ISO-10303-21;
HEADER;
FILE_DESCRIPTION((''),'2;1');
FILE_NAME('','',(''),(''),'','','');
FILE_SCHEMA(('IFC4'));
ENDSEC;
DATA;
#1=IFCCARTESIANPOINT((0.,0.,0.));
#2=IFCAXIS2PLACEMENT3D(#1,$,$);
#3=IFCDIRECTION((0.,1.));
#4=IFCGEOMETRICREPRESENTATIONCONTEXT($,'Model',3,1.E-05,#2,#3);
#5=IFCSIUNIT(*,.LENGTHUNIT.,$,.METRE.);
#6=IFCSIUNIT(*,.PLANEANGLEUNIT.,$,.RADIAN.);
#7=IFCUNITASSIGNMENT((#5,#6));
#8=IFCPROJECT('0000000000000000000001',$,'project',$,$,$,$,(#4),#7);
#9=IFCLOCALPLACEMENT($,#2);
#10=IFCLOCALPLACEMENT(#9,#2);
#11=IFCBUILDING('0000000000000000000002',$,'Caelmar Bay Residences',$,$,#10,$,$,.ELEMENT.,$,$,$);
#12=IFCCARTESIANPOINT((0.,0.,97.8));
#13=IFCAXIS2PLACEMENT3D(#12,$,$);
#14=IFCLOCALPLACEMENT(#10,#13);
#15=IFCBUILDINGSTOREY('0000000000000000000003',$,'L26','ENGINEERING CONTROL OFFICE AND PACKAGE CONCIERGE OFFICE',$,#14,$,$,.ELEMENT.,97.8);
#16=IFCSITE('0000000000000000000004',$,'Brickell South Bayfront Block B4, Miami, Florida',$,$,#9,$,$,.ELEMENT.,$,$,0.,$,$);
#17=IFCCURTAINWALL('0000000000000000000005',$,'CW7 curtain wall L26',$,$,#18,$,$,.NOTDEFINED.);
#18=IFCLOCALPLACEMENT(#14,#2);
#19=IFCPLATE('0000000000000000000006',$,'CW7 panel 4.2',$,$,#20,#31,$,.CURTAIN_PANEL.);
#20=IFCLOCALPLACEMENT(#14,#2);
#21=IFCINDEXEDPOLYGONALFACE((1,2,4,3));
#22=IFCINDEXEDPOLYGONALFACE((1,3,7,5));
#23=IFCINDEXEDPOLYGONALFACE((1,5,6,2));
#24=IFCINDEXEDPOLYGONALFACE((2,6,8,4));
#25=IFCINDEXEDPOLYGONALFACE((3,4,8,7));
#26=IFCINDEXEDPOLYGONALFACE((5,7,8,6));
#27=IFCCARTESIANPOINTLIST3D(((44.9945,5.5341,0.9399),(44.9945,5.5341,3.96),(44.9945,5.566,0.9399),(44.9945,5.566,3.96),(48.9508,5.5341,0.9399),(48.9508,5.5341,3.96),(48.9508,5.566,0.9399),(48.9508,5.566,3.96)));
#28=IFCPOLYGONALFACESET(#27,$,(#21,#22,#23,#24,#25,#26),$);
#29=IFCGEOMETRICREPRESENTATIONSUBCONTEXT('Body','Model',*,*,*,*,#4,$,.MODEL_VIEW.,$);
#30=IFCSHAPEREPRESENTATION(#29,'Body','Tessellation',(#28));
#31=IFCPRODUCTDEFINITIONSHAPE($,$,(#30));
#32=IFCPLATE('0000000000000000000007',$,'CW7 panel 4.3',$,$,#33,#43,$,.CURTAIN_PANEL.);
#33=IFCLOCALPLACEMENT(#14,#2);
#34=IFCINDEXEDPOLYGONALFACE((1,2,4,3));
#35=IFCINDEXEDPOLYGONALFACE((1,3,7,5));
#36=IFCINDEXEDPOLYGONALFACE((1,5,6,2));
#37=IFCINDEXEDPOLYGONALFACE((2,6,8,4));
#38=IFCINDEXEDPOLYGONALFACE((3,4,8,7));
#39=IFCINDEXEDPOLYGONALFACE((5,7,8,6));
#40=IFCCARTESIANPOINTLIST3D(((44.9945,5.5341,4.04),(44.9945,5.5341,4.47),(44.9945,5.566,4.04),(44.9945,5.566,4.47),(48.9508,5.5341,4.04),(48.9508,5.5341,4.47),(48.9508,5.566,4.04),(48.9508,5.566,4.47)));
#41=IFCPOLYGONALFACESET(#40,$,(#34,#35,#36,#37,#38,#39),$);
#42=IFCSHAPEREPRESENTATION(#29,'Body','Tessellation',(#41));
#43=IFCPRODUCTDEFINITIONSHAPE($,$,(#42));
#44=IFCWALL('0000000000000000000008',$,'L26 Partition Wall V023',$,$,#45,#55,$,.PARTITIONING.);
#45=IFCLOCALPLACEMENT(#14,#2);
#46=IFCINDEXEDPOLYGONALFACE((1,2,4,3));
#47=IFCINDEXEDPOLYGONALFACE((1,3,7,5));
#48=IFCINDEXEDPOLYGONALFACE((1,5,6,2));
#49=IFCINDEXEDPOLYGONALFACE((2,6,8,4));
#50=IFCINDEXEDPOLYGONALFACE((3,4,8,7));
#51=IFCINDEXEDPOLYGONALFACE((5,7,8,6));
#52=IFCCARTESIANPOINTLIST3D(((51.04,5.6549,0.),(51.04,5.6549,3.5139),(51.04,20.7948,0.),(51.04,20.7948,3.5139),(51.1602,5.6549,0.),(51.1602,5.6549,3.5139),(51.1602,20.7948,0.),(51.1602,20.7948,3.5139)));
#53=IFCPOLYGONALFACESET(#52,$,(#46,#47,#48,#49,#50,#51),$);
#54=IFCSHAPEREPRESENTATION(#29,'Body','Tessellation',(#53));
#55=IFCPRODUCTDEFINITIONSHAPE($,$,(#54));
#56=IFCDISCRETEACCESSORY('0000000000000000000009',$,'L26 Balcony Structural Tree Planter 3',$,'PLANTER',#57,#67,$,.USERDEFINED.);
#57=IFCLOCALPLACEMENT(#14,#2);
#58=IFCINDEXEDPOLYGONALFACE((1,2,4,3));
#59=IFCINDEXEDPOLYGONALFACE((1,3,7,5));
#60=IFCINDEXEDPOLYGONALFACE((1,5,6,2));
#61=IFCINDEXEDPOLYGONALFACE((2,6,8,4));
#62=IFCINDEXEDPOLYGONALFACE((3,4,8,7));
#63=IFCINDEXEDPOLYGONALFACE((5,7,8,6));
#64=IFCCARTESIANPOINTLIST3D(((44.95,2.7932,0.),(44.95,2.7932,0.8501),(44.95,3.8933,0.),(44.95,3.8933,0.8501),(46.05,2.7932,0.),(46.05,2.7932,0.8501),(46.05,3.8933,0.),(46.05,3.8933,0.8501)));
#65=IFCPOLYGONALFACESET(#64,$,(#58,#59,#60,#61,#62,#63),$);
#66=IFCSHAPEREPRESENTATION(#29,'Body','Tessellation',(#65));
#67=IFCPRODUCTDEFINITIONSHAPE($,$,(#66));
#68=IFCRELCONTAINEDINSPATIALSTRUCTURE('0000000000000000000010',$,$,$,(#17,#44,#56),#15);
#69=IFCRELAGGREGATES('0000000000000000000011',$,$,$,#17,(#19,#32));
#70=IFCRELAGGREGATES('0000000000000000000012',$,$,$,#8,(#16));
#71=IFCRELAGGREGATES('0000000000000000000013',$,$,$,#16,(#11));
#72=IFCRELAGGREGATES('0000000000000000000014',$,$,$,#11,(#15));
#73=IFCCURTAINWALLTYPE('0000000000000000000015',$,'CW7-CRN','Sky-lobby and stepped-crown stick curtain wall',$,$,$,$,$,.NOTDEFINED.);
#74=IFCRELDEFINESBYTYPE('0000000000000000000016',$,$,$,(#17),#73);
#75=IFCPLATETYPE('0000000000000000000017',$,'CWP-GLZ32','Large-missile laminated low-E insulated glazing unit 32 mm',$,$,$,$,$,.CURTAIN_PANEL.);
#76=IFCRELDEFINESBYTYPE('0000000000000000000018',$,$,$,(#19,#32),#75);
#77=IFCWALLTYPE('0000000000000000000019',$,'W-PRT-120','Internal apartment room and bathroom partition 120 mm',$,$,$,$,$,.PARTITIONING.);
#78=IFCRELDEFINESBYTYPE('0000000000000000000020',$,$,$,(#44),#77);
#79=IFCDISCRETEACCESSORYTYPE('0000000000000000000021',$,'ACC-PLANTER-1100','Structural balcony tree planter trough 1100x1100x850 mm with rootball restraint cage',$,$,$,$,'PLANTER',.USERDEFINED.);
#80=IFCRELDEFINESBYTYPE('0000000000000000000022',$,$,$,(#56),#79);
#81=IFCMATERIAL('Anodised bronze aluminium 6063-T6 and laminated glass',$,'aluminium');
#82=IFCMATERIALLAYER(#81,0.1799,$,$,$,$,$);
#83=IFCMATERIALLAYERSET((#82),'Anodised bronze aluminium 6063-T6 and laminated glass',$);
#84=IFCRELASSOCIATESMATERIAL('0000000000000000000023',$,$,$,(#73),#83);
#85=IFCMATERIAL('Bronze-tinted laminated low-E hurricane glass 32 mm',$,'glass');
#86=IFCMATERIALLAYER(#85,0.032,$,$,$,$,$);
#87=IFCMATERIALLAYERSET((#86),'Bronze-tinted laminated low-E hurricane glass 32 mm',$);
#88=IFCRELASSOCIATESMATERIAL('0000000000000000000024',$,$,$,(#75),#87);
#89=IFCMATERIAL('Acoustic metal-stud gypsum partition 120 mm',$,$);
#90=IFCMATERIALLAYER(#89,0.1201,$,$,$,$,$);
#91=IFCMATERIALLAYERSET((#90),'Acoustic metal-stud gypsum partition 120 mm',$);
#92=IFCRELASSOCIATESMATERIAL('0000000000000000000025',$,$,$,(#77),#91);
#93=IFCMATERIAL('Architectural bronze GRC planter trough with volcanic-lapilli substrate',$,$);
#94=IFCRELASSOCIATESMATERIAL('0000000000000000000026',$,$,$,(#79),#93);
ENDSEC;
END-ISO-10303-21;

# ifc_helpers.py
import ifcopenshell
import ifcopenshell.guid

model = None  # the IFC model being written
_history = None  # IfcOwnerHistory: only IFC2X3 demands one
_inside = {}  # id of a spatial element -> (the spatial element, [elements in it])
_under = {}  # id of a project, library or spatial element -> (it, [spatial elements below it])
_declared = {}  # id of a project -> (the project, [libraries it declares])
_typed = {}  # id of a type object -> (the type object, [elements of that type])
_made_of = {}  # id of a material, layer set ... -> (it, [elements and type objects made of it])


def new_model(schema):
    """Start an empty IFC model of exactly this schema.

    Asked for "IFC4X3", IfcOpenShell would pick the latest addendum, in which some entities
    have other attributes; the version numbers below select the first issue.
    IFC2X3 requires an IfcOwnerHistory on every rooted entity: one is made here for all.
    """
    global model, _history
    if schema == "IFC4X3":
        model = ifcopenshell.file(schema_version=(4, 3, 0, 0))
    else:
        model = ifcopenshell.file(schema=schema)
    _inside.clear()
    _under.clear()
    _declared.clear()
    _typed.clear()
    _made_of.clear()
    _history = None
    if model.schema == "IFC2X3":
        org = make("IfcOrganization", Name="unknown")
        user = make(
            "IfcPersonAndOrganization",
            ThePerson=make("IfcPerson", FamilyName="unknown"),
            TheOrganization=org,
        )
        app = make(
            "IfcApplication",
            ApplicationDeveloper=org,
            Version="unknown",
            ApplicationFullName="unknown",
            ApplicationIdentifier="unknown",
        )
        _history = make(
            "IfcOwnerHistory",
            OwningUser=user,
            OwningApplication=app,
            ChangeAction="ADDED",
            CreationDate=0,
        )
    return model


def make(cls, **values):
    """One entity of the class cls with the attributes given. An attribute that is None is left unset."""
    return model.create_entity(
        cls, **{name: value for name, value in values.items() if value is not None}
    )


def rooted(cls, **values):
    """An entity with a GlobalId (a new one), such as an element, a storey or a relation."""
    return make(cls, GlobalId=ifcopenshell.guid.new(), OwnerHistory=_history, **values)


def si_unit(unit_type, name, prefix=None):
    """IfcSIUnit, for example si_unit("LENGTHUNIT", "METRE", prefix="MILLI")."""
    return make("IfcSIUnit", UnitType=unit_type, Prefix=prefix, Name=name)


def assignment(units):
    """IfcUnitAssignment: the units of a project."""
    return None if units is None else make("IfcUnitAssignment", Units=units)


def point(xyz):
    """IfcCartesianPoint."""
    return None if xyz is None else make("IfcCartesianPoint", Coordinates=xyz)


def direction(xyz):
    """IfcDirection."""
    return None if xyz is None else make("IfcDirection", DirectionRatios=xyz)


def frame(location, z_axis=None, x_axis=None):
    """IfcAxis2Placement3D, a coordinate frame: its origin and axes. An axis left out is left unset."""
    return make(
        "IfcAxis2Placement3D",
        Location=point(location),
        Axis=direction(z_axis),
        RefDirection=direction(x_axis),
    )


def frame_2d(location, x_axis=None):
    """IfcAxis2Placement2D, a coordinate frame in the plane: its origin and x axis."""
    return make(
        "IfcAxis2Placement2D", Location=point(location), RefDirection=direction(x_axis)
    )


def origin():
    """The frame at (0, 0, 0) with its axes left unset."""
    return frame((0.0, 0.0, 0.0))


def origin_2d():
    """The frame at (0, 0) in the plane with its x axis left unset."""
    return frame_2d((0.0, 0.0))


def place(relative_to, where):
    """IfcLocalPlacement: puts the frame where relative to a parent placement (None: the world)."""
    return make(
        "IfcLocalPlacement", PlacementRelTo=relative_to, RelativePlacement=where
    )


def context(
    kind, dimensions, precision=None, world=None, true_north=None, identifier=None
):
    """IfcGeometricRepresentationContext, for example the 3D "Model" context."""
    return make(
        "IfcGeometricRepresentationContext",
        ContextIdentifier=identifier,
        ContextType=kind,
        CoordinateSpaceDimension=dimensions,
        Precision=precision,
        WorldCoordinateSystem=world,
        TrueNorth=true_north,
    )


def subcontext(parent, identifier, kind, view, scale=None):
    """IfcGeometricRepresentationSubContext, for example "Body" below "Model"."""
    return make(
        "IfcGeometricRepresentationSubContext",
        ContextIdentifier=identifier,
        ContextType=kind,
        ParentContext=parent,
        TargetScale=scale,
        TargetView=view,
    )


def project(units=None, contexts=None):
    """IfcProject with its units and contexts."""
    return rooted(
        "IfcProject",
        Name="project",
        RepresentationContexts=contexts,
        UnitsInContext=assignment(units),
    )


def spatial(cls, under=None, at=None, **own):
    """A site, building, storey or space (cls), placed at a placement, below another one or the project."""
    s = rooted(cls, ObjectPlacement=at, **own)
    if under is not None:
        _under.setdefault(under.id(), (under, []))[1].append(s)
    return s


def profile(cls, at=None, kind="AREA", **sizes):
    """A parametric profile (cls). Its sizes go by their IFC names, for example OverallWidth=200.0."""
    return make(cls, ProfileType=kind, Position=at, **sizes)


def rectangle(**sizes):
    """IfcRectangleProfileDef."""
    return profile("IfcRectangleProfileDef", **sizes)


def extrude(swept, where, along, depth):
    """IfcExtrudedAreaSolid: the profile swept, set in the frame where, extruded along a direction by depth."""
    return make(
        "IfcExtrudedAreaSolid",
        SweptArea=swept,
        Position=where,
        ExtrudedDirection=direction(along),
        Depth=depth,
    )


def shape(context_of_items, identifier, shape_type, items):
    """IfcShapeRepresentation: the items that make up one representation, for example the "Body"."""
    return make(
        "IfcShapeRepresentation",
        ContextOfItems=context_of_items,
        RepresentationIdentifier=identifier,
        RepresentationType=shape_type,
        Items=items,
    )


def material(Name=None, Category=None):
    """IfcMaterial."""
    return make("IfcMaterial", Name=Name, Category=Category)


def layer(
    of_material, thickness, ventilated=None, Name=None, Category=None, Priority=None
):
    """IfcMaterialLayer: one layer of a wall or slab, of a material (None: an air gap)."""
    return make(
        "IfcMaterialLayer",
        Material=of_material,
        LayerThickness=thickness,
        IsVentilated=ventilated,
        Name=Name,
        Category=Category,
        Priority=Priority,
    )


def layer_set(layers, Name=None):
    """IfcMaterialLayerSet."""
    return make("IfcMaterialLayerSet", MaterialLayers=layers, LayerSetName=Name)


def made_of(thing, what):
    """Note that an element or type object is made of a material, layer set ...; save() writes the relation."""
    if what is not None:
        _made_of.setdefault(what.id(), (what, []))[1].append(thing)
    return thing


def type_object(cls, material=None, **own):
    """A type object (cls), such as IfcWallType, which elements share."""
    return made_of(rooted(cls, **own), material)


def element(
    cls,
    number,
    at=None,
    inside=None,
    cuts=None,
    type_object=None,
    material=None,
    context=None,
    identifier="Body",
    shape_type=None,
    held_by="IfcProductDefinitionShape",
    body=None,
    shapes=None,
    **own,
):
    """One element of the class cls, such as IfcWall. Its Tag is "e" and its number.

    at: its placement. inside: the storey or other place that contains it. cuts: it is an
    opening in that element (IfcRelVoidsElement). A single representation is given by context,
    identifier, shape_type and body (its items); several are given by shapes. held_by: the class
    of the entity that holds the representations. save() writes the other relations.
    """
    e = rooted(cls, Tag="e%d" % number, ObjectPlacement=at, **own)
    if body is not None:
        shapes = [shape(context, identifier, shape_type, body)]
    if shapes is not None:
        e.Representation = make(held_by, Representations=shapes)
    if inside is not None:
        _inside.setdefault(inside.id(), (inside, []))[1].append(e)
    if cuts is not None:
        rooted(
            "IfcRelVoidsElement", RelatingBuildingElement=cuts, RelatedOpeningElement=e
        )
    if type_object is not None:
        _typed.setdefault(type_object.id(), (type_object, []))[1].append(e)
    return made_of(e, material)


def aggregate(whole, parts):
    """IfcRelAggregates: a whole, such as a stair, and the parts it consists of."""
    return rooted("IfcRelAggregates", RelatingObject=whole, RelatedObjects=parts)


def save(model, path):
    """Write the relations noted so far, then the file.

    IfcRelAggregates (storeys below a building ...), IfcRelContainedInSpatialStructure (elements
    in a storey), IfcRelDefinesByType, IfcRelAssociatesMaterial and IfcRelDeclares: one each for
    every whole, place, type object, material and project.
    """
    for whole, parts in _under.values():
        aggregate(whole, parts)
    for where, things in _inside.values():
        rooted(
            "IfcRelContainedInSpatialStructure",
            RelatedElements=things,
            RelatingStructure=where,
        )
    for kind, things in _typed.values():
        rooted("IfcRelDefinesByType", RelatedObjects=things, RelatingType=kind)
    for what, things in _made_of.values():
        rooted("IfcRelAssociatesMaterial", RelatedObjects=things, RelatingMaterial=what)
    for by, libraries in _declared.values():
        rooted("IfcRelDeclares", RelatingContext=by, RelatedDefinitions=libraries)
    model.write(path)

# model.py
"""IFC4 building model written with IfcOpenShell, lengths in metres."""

from ifc_helpers import new_model, si_unit, direction, frame, frame_2d, origin, origin_2d, place, context, subcontext, project, spatial, rectangle, extrude, material, layer, layer_set, type_object, element, aggregate, save


model = new_model("IFC4")

# Units and contexts
model_context = context("Model", 3, precision=1e-05, world=origin(), true_north=direction((0.0, 1.0)))
body_context = subcontext(model_context, "Body", "Model", "MODEL_VIEW")
ifc_project = project(units=[si_unit("LENGTHUNIT", "METRE"), si_unit("PLANEANGLEUNIT", "RADIAN")], contexts=[model_context])

# Site, building, storey
site_placement = place(None, origin())
site = spatial("IfcSite", under=ifc_project, at=site_placement, Name="Brickell South Bayfront Block B4, Miami, Florida", CompositionType="ELEMENT", RefElevation=0.0)
building_placement = place(site_placement, origin())
building = spatial("IfcBuilding", under=site, at=building_placement, Name="Caelmar Bay Residences", CompositionType="ELEMENT")
storey_placement = place(building_placement, frame((0.0, 0.0, 97.8)))
storey = spatial("IfcBuildingStorey", under=building, at=storey_placement, Name="L26", Description="ENGINEERING CONTROL OFFICE AND PACKAGE CONCIERGE OFFICE", CompositionType="ELEMENT", Elevation=97.8)

# Curtain wall, plates
ifc_material_1 = material(Name="Anodised bronze aluminium 6063-T6 and laminated glass", Category="aluminium")
ifc_layer_1 = layer(ifc_material_1, 0.1799)
ifc_layer_set_1 = layer_set([ifc_layer_1], Name="Anodised bronze aluminium 6063-T6 and laminated glass")
curtain_wall_type = type_object("IfcCurtainWallType", Name="CW7-CRN", Description="Sky-lobby and stepped-crown stick curtain wall", PredefinedType="NOTDEFINED", material=ifc_layer_set_1)
curtain_wall_placement = place(storey_placement, origin())
curtain_wall = element("IfcCurtainWall", 1, at=curtain_wall_placement, inside=storey, type_object=curtain_wall_type, Name="CW7 curtain wall L26", PredefinedType="NOTDEFINED")
ifc_material_2 = material(Name="Bronze-tinted laminated low-E hurricane glass 32 mm", Category="glass")
ifc_layer_2 = layer(ifc_material_2, 0.032)
ifc_layer_set_2 = layer_set([ifc_layer_2], Name="Bronze-tinted laminated low-E hurricane glass 32 mm")
plate_type = type_object("IfcPlateType", Name="CWP-GLZ32", Description="Large-missile laminated low-E insulated glazing unit 32 mm", PredefinedType="CURTAIN_PANEL", material=ifc_layer_set_2)
plate_1_placement = place(storey_placement, frame((46.9727, 5.55, 0.9399), z_axis=(0.0, 0.0, 1.0), x_axis=(-1.0, 0.0, 0.0)))
plate_1 = element("IfcPlate", 2, at=plate_1_placement, type_object=plate_type, Name="CW7 panel 4.2", PredefinedType="CURTAIN_PANEL", context=body_context, shape_type="SweptSolid", body=[
    extrude(rectangle(XDim=3.9563, YDim=0.032, at=origin_2d()), origin(), (0.0, 0.0, 1.0), 3.02),
])
plate_2_placement = place(storey_placement, frame((46.9727, 5.55, 4.04), z_axis=(0.0, 0.0, 1.0), x_axis=(-1.0, 0.0, 0.0)))
plate_2 = element("IfcPlate", 3, at=plate_2_placement, type_object=plate_type, Name="CW7 panel 4.3", PredefinedType="CURTAIN_PANEL", context=body_context, shape_type="SweptSolid", body=[
    extrude(rectangle(XDim=3.9563, YDim=0.032, at=origin_2d()), origin(), (0.0, 0.0, 1.0), 0.4299),
])
aggregate(curtain_wall, [plate_1, plate_2])

# Wall
ifc_material_3 = material(Name="Acoustic metal-stud gypsum partition 120 mm")
ifc_layer_3 = layer(ifc_material_3, 0.1201)
ifc_layer_set_3 = layer_set([ifc_layer_3], Name="Acoustic metal-stud gypsum partition 120 mm")
wall_type = type_object("IfcWallType", Name="W-PRT-120", Description="Internal apartment room and bathroom partition 120 mm", PredefinedType="PARTITIONING", material=ifc_layer_set_3)
wall_placement = place(storey_placement, frame((51.1001, 5.655, 0.0), z_axis=(0.0, 0.0, 1.0), x_axis=(0.0, 1.0, 0.0)))
element("IfcWall", 4, at=wall_placement, inside=storey, type_object=wall_type, Name="L26 Partition Wall V023", PredefinedType="PARTITIONING", context=body_context, shape_type="SweptSolid", body=[
    extrude(rectangle(XDim=15.1399, YDim=0.1201, at=frame_2d((7.5698, 0.0))), origin(), (0.0, 0.0, 1.0), 3.5139),
])

# Discrete accessory
ifc_material_4 = material(Name="Architectural bronze GRC planter trough with volcanic-lapilli substrate")
discrete_accessory_type = type_object("IfcDiscreteAccessoryType", Name="ACC-PLANTER-1100", Description="Structural balcony tree planter trough 1100x1100x850 mm with rootball restraint cage", ElementType="PLANTER", PredefinedType="USERDEFINED", material=ifc_material_4)
discrete_accessory_placement = place(storey_placement, frame((45.5, 3.3433, 0.0), z_axis=(0.0, 0.0, 1.0), x_axis=(1.0, 0.0, 0.0)))
element("IfcDiscreteAccessory", 5, at=discrete_accessory_placement, inside=storey, type_object=discrete_accessory_type, Name="L26 Balcony Structural Tree Planter 3", ObjectType="PLANTER", PredefinedType="USERDEFINED", context=body_context, shape_type="SweptSolid", body=[
    extrude(rectangle(XDim=1.1001, YDim=1.1001, at=origin_2d()), origin(), (0.0, 0.0, 1.0), 0.8501),
])

save(model, "model.ifc")
